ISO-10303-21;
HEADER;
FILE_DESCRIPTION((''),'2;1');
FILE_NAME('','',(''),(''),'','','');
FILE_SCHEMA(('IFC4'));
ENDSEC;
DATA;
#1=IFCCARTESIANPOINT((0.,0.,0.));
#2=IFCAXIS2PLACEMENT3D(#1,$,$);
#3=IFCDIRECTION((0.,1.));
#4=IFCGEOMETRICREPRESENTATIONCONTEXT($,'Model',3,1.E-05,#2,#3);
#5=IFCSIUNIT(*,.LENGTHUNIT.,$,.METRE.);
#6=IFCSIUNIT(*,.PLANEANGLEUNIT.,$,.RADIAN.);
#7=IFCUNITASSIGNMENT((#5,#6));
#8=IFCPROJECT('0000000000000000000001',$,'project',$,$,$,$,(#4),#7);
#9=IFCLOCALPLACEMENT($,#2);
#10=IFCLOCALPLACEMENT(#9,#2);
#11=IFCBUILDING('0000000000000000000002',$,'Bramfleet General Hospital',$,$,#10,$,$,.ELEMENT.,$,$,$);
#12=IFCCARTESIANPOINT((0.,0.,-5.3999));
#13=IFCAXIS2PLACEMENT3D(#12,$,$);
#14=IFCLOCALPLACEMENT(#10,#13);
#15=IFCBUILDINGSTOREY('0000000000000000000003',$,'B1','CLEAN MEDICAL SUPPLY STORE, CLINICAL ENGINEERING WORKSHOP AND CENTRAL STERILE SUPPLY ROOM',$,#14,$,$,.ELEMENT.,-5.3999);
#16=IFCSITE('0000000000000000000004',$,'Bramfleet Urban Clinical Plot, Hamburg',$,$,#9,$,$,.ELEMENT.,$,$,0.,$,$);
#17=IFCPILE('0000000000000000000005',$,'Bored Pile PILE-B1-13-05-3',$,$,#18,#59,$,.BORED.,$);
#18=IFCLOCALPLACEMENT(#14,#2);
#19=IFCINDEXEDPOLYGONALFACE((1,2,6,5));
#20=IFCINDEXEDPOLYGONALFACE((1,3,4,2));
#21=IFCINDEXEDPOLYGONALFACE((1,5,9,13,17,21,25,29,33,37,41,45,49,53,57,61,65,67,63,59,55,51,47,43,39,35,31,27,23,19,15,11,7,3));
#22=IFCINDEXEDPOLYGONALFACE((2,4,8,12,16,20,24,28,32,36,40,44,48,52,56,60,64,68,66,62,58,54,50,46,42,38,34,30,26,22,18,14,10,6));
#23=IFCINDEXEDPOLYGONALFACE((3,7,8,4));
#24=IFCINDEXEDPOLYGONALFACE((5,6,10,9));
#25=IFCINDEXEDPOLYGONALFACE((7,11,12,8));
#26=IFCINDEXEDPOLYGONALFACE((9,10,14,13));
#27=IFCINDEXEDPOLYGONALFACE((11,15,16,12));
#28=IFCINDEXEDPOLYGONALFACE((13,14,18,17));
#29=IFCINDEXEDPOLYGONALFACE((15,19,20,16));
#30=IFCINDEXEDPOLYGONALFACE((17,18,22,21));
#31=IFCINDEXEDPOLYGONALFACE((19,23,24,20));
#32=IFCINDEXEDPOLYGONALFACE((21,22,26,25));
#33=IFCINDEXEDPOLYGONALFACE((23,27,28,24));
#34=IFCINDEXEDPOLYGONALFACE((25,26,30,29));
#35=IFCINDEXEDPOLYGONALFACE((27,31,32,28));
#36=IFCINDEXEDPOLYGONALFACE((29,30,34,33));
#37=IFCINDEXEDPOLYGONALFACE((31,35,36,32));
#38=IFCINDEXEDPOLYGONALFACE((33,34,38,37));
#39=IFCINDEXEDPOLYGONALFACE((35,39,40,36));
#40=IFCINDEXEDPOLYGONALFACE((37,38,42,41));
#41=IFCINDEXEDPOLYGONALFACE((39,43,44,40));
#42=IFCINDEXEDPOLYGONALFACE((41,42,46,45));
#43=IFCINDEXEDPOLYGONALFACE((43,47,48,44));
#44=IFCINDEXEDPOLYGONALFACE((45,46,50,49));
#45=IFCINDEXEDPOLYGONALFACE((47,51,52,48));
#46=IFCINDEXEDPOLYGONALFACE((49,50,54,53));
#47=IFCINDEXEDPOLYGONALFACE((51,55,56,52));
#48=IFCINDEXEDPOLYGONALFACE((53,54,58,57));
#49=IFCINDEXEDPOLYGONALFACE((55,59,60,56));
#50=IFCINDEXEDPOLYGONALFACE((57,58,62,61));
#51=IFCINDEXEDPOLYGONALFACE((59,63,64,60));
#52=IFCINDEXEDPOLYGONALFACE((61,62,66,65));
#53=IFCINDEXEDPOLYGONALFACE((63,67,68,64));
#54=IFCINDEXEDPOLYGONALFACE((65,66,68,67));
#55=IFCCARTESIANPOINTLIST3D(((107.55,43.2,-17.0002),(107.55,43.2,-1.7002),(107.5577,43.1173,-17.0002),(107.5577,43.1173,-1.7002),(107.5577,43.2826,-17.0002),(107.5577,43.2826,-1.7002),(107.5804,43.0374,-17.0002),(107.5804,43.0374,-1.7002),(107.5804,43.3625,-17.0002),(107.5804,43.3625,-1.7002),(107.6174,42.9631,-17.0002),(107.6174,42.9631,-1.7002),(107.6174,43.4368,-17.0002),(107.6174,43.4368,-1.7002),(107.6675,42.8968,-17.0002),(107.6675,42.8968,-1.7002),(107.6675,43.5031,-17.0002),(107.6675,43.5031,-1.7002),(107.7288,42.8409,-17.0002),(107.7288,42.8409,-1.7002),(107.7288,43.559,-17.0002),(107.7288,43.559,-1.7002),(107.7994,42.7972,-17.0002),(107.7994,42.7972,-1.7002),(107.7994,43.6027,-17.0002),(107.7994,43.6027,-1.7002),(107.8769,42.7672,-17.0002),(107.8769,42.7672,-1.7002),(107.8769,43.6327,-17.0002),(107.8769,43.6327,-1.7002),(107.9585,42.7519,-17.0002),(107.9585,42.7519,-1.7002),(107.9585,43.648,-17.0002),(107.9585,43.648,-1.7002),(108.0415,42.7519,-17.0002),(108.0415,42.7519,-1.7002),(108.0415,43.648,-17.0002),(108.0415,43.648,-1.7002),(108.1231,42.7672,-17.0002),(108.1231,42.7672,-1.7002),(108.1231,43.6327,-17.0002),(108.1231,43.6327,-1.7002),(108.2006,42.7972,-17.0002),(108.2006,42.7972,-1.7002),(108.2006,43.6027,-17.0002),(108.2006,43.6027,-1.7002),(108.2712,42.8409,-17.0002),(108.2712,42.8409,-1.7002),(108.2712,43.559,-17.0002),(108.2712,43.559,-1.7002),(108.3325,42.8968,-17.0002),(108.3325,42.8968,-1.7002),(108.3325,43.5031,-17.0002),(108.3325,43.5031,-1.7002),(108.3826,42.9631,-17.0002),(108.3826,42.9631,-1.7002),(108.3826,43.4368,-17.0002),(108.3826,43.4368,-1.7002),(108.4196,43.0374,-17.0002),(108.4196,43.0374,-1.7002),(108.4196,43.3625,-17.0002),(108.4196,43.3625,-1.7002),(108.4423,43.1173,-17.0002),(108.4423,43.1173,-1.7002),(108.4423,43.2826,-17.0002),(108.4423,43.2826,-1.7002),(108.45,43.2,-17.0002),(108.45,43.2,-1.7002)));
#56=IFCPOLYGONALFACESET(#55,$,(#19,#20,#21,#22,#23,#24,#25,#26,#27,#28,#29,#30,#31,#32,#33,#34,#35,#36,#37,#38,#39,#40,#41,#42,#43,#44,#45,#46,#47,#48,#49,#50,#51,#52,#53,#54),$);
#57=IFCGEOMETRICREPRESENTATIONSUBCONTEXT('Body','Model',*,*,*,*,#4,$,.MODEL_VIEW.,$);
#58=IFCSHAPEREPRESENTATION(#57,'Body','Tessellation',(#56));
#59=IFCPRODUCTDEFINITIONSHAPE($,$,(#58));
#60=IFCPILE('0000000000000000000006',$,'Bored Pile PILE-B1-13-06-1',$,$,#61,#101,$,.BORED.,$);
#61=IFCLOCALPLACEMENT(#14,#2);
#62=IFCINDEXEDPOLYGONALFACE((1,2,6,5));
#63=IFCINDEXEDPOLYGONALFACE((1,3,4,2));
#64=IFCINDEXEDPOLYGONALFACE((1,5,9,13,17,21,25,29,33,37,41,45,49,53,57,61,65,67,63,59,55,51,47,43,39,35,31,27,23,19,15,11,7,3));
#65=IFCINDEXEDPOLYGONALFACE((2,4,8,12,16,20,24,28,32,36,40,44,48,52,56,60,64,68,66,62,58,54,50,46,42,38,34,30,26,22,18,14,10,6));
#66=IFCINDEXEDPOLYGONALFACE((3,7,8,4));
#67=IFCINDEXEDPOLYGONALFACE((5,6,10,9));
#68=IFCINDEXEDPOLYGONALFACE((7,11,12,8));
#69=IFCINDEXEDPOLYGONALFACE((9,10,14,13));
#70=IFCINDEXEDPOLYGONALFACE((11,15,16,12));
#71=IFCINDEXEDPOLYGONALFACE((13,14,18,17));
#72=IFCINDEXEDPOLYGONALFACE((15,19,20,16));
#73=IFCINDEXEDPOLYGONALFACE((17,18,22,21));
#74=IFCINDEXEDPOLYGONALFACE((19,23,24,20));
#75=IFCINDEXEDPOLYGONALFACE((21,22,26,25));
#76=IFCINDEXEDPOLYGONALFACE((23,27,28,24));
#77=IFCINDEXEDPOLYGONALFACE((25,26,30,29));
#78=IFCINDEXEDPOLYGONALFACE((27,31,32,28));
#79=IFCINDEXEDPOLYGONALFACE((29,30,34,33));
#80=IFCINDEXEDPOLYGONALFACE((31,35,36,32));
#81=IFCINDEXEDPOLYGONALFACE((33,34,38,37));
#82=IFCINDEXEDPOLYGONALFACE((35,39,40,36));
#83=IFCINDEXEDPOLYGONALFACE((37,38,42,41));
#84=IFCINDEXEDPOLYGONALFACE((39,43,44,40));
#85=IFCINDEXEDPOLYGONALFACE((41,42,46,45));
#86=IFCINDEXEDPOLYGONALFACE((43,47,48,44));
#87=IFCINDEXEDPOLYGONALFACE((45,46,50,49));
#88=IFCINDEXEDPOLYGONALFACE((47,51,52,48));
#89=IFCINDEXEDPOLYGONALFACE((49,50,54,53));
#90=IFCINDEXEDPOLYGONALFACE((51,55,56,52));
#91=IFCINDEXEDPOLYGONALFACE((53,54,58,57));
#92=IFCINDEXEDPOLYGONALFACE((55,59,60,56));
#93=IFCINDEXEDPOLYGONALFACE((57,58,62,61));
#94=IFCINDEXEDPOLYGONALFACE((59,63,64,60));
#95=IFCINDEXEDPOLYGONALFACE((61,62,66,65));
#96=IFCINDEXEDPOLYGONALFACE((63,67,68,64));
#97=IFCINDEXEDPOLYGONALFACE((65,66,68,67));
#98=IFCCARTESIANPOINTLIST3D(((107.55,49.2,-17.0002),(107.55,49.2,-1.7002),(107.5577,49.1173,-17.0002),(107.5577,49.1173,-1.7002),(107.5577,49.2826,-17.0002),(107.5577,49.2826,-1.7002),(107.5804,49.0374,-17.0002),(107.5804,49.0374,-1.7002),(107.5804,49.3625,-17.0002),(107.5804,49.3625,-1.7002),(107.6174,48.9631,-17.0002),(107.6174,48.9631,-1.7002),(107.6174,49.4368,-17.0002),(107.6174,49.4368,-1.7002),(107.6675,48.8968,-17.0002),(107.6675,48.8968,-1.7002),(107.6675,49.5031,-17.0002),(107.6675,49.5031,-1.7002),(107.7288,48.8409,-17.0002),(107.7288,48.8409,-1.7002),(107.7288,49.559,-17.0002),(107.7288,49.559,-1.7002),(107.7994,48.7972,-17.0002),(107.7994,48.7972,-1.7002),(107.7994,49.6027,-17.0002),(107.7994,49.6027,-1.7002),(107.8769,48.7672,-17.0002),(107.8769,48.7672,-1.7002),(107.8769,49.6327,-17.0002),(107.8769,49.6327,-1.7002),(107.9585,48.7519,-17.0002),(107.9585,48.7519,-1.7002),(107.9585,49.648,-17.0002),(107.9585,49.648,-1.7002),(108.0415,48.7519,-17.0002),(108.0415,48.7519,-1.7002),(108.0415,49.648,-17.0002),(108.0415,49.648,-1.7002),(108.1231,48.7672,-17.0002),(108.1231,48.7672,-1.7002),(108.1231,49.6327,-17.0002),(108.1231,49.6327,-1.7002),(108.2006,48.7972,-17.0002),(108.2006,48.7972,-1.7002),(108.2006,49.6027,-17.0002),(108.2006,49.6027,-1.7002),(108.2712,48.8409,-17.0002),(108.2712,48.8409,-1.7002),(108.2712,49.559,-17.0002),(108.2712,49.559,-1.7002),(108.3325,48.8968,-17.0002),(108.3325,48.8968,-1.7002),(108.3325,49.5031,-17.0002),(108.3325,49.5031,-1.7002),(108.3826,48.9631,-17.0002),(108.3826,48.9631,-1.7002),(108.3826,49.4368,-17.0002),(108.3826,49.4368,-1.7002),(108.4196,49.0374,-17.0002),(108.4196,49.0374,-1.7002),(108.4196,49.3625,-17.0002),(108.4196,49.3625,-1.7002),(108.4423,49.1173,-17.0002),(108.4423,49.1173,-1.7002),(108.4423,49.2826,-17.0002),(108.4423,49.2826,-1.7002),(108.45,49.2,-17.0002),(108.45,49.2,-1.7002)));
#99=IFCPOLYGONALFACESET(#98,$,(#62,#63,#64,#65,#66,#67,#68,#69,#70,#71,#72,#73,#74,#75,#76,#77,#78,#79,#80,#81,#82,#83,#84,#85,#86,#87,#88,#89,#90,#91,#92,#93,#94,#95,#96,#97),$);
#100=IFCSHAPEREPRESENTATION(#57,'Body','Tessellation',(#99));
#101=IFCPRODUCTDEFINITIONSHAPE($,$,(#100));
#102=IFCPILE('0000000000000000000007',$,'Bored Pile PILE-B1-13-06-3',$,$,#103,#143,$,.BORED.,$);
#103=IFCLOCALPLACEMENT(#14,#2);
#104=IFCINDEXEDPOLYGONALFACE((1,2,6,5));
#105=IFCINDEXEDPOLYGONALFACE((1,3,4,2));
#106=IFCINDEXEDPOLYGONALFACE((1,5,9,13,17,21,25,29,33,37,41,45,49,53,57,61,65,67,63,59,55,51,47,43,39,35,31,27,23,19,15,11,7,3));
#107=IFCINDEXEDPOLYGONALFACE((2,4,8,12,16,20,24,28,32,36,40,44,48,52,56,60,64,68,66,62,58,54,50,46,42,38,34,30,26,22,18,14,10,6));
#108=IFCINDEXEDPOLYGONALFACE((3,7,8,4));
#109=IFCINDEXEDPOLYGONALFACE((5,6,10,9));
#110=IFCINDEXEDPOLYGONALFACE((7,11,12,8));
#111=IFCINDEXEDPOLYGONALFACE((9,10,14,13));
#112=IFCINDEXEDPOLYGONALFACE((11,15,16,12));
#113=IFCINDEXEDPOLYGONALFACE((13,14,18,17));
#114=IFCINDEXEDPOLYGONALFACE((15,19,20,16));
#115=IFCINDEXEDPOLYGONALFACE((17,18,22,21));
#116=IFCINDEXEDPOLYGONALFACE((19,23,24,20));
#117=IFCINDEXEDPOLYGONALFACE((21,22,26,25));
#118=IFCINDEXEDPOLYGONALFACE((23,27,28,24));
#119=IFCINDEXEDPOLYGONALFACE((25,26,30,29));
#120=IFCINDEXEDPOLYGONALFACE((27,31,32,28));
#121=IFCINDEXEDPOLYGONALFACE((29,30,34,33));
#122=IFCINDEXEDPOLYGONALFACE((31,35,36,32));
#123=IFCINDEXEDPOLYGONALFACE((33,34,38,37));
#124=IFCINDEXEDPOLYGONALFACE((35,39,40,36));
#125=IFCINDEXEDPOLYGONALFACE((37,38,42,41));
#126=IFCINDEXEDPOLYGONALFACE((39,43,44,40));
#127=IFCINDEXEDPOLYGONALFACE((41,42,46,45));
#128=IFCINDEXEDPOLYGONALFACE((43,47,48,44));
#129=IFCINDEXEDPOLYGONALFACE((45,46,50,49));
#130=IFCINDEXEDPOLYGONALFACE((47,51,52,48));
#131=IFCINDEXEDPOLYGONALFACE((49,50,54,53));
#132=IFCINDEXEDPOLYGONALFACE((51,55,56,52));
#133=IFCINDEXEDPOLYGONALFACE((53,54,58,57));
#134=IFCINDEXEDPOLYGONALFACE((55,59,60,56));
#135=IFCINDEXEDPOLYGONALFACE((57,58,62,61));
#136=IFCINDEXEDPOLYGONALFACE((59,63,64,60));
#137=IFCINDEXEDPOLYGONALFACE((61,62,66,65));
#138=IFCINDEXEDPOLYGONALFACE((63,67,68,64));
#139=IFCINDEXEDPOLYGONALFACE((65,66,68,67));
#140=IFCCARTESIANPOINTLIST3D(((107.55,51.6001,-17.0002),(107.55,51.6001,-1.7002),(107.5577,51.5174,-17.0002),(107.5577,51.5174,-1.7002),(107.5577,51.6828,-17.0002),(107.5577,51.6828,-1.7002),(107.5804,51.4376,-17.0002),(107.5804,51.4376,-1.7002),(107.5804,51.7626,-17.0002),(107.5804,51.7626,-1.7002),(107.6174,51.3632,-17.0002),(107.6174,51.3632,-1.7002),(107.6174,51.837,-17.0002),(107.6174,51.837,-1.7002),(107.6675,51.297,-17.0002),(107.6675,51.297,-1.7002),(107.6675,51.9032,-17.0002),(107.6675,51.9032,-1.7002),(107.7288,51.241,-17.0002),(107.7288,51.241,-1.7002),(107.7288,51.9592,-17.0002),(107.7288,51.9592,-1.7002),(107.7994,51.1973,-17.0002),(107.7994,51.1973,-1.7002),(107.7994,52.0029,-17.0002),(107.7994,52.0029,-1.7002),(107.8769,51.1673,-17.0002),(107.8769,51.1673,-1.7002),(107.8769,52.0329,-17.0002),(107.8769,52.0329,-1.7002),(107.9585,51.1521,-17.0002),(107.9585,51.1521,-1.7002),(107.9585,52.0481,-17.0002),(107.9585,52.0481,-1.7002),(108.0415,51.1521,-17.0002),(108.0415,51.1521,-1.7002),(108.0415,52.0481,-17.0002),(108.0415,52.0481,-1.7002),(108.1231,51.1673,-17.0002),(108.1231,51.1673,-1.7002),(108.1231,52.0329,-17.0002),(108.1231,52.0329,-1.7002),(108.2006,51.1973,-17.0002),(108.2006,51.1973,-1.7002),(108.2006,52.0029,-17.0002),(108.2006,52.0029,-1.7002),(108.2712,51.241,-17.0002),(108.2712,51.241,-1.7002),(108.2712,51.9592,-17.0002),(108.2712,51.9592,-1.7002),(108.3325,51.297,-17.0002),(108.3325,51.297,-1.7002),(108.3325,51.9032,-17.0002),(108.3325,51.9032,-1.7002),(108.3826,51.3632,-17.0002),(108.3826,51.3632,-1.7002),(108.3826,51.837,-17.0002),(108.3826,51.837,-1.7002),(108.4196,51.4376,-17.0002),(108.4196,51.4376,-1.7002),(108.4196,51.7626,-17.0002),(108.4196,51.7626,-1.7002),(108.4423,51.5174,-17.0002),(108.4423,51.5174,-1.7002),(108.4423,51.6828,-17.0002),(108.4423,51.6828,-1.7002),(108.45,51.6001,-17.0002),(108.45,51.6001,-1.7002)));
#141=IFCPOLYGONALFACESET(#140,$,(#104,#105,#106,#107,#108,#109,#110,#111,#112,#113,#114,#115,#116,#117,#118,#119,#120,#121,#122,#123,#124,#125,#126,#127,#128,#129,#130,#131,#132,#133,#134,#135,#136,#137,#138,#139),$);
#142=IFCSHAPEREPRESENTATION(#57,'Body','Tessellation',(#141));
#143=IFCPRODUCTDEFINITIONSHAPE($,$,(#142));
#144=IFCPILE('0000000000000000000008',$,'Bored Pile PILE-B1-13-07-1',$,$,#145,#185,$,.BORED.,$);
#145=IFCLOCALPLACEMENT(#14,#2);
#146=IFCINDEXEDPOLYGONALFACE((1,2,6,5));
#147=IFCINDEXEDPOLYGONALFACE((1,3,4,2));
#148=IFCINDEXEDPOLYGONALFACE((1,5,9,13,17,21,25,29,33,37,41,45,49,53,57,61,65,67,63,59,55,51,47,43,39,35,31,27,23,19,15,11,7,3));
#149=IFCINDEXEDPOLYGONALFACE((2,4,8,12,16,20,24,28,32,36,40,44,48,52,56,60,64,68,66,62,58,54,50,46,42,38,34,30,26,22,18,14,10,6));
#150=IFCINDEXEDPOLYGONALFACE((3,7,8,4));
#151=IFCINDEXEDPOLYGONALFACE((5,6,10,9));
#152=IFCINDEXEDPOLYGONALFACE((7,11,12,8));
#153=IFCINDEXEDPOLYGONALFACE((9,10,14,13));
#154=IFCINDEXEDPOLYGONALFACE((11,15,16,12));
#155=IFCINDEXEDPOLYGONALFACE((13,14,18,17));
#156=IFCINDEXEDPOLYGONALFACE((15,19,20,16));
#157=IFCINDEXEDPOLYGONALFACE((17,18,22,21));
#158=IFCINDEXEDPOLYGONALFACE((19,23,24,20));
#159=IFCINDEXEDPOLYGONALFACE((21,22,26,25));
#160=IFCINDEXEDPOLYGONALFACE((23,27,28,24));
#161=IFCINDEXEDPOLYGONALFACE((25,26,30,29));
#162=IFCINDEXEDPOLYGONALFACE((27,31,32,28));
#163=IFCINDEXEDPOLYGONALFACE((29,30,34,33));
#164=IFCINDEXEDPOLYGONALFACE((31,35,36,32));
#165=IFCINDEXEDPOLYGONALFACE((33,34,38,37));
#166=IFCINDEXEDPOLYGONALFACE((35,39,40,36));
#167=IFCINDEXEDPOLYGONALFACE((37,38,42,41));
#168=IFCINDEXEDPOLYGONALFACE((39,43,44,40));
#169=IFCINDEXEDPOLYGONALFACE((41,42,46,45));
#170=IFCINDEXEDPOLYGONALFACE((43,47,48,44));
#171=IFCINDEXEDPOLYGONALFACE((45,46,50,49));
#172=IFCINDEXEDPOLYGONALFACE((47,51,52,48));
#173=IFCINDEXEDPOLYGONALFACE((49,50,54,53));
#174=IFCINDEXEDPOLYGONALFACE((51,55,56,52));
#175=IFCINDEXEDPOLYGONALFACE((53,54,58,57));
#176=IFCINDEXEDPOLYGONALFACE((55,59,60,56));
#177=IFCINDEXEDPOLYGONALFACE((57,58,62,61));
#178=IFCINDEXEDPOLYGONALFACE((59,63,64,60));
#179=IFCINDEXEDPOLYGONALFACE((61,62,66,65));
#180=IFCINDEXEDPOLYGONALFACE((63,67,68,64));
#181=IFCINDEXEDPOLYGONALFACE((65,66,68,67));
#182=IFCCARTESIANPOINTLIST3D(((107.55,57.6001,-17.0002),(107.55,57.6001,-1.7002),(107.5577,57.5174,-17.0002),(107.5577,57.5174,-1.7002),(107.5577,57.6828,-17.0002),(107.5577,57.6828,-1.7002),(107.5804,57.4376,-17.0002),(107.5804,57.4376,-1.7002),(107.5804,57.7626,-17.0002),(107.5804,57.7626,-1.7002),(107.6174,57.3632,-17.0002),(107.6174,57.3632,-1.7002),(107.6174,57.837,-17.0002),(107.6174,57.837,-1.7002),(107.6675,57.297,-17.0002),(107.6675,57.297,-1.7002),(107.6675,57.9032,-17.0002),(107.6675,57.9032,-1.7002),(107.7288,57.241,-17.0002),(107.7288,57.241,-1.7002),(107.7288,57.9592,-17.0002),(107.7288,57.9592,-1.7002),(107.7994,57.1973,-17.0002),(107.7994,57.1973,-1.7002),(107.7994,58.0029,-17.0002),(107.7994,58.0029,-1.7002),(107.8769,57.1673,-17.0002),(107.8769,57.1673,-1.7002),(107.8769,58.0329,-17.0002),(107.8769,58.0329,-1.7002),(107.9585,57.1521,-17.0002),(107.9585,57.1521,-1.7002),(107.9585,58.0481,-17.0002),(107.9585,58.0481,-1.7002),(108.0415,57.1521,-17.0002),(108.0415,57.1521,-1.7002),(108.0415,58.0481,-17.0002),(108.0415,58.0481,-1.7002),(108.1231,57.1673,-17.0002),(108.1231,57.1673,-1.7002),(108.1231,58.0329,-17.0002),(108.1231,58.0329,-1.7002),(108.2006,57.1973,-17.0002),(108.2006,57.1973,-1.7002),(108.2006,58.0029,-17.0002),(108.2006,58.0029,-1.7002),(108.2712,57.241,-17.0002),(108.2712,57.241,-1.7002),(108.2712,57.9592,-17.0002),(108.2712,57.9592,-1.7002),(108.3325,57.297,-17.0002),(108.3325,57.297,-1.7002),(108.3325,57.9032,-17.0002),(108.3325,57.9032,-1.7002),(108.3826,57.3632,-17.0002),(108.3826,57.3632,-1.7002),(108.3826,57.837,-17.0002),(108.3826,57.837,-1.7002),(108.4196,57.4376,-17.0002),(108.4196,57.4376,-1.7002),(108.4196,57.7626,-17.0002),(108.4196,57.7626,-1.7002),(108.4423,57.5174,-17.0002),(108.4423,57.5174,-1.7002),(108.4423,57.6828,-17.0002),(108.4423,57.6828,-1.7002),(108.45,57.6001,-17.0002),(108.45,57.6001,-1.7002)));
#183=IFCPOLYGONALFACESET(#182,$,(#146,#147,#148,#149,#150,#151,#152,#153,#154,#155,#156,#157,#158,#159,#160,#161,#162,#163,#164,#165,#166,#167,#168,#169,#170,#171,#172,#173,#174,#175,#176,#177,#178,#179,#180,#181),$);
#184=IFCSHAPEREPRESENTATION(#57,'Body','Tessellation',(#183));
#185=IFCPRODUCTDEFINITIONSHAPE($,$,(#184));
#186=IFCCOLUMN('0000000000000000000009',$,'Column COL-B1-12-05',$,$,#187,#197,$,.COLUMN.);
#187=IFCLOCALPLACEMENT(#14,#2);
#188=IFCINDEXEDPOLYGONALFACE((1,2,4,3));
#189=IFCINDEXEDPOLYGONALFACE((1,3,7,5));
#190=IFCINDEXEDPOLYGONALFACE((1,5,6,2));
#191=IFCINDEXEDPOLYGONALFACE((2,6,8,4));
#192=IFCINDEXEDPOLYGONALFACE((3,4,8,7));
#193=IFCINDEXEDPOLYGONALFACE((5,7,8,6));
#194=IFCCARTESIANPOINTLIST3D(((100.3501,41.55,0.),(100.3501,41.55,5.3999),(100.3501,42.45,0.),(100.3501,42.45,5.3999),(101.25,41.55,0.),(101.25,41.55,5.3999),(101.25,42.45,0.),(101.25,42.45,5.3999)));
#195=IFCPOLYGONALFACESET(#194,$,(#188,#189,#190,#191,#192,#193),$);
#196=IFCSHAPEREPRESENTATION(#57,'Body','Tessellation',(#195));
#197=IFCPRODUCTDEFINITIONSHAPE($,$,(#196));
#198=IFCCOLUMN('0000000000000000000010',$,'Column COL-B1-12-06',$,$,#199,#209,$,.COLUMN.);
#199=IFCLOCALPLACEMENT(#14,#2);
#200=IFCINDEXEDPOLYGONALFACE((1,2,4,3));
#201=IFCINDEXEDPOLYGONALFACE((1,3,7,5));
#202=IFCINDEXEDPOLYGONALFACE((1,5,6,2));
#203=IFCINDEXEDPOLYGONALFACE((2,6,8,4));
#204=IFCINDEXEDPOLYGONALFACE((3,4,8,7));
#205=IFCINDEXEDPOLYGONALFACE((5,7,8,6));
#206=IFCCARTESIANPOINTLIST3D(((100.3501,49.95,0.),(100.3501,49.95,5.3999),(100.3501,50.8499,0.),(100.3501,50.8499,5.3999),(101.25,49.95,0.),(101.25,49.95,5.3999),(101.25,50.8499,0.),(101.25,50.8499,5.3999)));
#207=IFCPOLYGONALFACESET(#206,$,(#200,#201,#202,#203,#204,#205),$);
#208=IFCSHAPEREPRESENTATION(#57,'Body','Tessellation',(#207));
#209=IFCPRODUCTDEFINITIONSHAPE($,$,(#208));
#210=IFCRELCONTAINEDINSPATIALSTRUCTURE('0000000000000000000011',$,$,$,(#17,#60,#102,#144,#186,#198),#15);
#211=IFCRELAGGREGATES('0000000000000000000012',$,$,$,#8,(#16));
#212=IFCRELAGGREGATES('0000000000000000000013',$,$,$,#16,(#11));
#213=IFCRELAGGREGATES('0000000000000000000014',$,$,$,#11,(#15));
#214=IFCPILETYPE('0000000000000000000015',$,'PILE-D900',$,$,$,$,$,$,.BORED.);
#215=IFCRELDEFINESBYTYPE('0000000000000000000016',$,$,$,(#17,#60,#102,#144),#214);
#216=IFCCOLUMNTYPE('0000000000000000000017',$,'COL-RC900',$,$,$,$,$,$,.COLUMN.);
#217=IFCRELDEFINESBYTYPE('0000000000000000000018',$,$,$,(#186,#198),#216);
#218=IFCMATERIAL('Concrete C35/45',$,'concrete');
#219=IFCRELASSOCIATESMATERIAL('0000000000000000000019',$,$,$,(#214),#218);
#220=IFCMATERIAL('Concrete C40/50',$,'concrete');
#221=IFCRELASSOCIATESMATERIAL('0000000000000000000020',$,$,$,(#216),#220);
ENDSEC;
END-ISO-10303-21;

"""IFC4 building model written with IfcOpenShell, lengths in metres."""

from ifc_helpers import new_model, si_unit, direction, frame, origin, origin_2d, place, context, subcontext, project, spatial, rectangle, circle, extrude, material, material_profile, profile_set, type_object, element, save


model = new_model("IFC4")

# Units and contexts
model_context = context("Model", 3, precision=1e-05, world=origin(), true_north=direction((0.0, 1.0)))
body_context = subcontext(model_context, "Body", "Model", "MODEL_VIEW")
ifc_project = project(units=[si_unit("LENGTHUNIT", "METRE"), si_unit("PLANEANGLEUNIT", "RADIAN")], contexts=[model_context])

# Site, building, storey
site_placement = place(None, origin())
site = spatial("IfcSite", under=ifc_project, at=site_placement, Name="Bramfleet Urban Clinical Plot, Hamburg", CompositionType="ELEMENT", RefElevation=0.0)
building_placement = place(site_placement, origin())
building = spatial("IfcBuilding", under=site, at=building_placement, Name="Bramfleet General Hospital", CompositionType="ELEMENT")
storey_placement = place(building_placement, frame((0.0, 0.0, -5.3999)))
storey = spatial("IfcBuildingStorey", under=building, at=storey_placement, Name="B1", Description="CLEAN MEDICAL SUPPLY STORE, CLINICAL ENGINEERING WORKSHOP AND CENTRAL STERILE SUPPLY ROOM", CompositionType="ELEMENT", Elevation=-5.3999)

# Shared definitions
ifc_material_1 = material(Name="Concrete C35/45", Category="concrete")

# Piles
ifc_material_profile_1 = material_profile(ifc_material_1, circle(Radius=0.45, at=origin_2d()), Name="PILE BORED D900")
ifc_profile_set_1 = profile_set([ifc_material_profile_1], Name="Concrete C35/45")
pile_type = type_object("IfcPileType", Name="PILE-D900", PredefinedType="BORED", material=ifc_profile_set_1)
for number, where, z_axis, x_axis, name in (
    (1, (108.0, 43.2, -1.7002), (0.0, 0.0, -1.0), (1.0, 0.0, 0.0), "Bored Pile PILE-B1-13-05-3"),
    (2, (108.0, 49.2, -1.7002), (0.0, 0.0, -1.0), (1.0, 0.0, 0.0), "Bored Pile PILE-B1-13-06-1"),
    (3, (108.0, 51.6001, -1.7002), (0.0, 0.0, -1.0), (1.0, 0.0, 0.0), "Bored Pile PILE-B1-13-06-3"),
    (4, (108.0, 57.6001, -1.7002), (0.0, 0.0, -1.0), (1.0, 0.0, 0.0), "Bored Pile PILE-B1-13-07-1"),
):
    element("IfcPile", number, at=place(storey_placement, frame(where, z_axis=z_axis, x_axis=x_axis)), inside=storey, type_object=pile_type, Name=name, PredefinedType="BORED", context=body_context, shape_type="SweptSolid", body=[
        extrude(circle(Radius=0.45, at=origin_2d()), origin(), (0.0, 0.0, 1.0), 15.3),
    ])

# Columns
ifc_material_2 = material(Name="Concrete C40/50", Category="concrete")
ifc_material_profile_2 = material_profile(ifc_material_2, rectangle(XDim=0.8999, YDim=0.8999, at=origin_2d()), Name="RC COL 900x900")
ifc_profile_set_2 = profile_set([ifc_material_profile_2], Name="Concrete C40/50")
column_type = type_object("IfcColumnType", Name="COL-RC900", PredefinedType="COLUMN", material=ifc_profile_set_2)
for number, where, z_axis, x_axis, name in (
    (5, (100.8, 42.0, 0.0), (0.0, 0.0, 1.0), (1.0, 0.0, 0.0), "Column COL-B1-12-05"),
    (6, (100.8, 50.3999, 0.0), (0.0, 0.0, 1.0), (1.0, 0.0, 0.0), "Column COL-B1-12-06"),
):
    element("IfcColumn", number, at=place(storey_placement, frame(where, z_axis=z_axis, x_axis=x_axis)), inside=storey, type_object=column_type, Name=name, PredefinedType="COLUMN", context=body_context, shape_type="SweptSolid", body=[
        extrude(rectangle(XDim=0.8999, YDim=0.8999, at=origin_2d()), origin(), (0.0, 0.0, 1.0), 5.3999),
    ])

save(model, "model.ifc")
